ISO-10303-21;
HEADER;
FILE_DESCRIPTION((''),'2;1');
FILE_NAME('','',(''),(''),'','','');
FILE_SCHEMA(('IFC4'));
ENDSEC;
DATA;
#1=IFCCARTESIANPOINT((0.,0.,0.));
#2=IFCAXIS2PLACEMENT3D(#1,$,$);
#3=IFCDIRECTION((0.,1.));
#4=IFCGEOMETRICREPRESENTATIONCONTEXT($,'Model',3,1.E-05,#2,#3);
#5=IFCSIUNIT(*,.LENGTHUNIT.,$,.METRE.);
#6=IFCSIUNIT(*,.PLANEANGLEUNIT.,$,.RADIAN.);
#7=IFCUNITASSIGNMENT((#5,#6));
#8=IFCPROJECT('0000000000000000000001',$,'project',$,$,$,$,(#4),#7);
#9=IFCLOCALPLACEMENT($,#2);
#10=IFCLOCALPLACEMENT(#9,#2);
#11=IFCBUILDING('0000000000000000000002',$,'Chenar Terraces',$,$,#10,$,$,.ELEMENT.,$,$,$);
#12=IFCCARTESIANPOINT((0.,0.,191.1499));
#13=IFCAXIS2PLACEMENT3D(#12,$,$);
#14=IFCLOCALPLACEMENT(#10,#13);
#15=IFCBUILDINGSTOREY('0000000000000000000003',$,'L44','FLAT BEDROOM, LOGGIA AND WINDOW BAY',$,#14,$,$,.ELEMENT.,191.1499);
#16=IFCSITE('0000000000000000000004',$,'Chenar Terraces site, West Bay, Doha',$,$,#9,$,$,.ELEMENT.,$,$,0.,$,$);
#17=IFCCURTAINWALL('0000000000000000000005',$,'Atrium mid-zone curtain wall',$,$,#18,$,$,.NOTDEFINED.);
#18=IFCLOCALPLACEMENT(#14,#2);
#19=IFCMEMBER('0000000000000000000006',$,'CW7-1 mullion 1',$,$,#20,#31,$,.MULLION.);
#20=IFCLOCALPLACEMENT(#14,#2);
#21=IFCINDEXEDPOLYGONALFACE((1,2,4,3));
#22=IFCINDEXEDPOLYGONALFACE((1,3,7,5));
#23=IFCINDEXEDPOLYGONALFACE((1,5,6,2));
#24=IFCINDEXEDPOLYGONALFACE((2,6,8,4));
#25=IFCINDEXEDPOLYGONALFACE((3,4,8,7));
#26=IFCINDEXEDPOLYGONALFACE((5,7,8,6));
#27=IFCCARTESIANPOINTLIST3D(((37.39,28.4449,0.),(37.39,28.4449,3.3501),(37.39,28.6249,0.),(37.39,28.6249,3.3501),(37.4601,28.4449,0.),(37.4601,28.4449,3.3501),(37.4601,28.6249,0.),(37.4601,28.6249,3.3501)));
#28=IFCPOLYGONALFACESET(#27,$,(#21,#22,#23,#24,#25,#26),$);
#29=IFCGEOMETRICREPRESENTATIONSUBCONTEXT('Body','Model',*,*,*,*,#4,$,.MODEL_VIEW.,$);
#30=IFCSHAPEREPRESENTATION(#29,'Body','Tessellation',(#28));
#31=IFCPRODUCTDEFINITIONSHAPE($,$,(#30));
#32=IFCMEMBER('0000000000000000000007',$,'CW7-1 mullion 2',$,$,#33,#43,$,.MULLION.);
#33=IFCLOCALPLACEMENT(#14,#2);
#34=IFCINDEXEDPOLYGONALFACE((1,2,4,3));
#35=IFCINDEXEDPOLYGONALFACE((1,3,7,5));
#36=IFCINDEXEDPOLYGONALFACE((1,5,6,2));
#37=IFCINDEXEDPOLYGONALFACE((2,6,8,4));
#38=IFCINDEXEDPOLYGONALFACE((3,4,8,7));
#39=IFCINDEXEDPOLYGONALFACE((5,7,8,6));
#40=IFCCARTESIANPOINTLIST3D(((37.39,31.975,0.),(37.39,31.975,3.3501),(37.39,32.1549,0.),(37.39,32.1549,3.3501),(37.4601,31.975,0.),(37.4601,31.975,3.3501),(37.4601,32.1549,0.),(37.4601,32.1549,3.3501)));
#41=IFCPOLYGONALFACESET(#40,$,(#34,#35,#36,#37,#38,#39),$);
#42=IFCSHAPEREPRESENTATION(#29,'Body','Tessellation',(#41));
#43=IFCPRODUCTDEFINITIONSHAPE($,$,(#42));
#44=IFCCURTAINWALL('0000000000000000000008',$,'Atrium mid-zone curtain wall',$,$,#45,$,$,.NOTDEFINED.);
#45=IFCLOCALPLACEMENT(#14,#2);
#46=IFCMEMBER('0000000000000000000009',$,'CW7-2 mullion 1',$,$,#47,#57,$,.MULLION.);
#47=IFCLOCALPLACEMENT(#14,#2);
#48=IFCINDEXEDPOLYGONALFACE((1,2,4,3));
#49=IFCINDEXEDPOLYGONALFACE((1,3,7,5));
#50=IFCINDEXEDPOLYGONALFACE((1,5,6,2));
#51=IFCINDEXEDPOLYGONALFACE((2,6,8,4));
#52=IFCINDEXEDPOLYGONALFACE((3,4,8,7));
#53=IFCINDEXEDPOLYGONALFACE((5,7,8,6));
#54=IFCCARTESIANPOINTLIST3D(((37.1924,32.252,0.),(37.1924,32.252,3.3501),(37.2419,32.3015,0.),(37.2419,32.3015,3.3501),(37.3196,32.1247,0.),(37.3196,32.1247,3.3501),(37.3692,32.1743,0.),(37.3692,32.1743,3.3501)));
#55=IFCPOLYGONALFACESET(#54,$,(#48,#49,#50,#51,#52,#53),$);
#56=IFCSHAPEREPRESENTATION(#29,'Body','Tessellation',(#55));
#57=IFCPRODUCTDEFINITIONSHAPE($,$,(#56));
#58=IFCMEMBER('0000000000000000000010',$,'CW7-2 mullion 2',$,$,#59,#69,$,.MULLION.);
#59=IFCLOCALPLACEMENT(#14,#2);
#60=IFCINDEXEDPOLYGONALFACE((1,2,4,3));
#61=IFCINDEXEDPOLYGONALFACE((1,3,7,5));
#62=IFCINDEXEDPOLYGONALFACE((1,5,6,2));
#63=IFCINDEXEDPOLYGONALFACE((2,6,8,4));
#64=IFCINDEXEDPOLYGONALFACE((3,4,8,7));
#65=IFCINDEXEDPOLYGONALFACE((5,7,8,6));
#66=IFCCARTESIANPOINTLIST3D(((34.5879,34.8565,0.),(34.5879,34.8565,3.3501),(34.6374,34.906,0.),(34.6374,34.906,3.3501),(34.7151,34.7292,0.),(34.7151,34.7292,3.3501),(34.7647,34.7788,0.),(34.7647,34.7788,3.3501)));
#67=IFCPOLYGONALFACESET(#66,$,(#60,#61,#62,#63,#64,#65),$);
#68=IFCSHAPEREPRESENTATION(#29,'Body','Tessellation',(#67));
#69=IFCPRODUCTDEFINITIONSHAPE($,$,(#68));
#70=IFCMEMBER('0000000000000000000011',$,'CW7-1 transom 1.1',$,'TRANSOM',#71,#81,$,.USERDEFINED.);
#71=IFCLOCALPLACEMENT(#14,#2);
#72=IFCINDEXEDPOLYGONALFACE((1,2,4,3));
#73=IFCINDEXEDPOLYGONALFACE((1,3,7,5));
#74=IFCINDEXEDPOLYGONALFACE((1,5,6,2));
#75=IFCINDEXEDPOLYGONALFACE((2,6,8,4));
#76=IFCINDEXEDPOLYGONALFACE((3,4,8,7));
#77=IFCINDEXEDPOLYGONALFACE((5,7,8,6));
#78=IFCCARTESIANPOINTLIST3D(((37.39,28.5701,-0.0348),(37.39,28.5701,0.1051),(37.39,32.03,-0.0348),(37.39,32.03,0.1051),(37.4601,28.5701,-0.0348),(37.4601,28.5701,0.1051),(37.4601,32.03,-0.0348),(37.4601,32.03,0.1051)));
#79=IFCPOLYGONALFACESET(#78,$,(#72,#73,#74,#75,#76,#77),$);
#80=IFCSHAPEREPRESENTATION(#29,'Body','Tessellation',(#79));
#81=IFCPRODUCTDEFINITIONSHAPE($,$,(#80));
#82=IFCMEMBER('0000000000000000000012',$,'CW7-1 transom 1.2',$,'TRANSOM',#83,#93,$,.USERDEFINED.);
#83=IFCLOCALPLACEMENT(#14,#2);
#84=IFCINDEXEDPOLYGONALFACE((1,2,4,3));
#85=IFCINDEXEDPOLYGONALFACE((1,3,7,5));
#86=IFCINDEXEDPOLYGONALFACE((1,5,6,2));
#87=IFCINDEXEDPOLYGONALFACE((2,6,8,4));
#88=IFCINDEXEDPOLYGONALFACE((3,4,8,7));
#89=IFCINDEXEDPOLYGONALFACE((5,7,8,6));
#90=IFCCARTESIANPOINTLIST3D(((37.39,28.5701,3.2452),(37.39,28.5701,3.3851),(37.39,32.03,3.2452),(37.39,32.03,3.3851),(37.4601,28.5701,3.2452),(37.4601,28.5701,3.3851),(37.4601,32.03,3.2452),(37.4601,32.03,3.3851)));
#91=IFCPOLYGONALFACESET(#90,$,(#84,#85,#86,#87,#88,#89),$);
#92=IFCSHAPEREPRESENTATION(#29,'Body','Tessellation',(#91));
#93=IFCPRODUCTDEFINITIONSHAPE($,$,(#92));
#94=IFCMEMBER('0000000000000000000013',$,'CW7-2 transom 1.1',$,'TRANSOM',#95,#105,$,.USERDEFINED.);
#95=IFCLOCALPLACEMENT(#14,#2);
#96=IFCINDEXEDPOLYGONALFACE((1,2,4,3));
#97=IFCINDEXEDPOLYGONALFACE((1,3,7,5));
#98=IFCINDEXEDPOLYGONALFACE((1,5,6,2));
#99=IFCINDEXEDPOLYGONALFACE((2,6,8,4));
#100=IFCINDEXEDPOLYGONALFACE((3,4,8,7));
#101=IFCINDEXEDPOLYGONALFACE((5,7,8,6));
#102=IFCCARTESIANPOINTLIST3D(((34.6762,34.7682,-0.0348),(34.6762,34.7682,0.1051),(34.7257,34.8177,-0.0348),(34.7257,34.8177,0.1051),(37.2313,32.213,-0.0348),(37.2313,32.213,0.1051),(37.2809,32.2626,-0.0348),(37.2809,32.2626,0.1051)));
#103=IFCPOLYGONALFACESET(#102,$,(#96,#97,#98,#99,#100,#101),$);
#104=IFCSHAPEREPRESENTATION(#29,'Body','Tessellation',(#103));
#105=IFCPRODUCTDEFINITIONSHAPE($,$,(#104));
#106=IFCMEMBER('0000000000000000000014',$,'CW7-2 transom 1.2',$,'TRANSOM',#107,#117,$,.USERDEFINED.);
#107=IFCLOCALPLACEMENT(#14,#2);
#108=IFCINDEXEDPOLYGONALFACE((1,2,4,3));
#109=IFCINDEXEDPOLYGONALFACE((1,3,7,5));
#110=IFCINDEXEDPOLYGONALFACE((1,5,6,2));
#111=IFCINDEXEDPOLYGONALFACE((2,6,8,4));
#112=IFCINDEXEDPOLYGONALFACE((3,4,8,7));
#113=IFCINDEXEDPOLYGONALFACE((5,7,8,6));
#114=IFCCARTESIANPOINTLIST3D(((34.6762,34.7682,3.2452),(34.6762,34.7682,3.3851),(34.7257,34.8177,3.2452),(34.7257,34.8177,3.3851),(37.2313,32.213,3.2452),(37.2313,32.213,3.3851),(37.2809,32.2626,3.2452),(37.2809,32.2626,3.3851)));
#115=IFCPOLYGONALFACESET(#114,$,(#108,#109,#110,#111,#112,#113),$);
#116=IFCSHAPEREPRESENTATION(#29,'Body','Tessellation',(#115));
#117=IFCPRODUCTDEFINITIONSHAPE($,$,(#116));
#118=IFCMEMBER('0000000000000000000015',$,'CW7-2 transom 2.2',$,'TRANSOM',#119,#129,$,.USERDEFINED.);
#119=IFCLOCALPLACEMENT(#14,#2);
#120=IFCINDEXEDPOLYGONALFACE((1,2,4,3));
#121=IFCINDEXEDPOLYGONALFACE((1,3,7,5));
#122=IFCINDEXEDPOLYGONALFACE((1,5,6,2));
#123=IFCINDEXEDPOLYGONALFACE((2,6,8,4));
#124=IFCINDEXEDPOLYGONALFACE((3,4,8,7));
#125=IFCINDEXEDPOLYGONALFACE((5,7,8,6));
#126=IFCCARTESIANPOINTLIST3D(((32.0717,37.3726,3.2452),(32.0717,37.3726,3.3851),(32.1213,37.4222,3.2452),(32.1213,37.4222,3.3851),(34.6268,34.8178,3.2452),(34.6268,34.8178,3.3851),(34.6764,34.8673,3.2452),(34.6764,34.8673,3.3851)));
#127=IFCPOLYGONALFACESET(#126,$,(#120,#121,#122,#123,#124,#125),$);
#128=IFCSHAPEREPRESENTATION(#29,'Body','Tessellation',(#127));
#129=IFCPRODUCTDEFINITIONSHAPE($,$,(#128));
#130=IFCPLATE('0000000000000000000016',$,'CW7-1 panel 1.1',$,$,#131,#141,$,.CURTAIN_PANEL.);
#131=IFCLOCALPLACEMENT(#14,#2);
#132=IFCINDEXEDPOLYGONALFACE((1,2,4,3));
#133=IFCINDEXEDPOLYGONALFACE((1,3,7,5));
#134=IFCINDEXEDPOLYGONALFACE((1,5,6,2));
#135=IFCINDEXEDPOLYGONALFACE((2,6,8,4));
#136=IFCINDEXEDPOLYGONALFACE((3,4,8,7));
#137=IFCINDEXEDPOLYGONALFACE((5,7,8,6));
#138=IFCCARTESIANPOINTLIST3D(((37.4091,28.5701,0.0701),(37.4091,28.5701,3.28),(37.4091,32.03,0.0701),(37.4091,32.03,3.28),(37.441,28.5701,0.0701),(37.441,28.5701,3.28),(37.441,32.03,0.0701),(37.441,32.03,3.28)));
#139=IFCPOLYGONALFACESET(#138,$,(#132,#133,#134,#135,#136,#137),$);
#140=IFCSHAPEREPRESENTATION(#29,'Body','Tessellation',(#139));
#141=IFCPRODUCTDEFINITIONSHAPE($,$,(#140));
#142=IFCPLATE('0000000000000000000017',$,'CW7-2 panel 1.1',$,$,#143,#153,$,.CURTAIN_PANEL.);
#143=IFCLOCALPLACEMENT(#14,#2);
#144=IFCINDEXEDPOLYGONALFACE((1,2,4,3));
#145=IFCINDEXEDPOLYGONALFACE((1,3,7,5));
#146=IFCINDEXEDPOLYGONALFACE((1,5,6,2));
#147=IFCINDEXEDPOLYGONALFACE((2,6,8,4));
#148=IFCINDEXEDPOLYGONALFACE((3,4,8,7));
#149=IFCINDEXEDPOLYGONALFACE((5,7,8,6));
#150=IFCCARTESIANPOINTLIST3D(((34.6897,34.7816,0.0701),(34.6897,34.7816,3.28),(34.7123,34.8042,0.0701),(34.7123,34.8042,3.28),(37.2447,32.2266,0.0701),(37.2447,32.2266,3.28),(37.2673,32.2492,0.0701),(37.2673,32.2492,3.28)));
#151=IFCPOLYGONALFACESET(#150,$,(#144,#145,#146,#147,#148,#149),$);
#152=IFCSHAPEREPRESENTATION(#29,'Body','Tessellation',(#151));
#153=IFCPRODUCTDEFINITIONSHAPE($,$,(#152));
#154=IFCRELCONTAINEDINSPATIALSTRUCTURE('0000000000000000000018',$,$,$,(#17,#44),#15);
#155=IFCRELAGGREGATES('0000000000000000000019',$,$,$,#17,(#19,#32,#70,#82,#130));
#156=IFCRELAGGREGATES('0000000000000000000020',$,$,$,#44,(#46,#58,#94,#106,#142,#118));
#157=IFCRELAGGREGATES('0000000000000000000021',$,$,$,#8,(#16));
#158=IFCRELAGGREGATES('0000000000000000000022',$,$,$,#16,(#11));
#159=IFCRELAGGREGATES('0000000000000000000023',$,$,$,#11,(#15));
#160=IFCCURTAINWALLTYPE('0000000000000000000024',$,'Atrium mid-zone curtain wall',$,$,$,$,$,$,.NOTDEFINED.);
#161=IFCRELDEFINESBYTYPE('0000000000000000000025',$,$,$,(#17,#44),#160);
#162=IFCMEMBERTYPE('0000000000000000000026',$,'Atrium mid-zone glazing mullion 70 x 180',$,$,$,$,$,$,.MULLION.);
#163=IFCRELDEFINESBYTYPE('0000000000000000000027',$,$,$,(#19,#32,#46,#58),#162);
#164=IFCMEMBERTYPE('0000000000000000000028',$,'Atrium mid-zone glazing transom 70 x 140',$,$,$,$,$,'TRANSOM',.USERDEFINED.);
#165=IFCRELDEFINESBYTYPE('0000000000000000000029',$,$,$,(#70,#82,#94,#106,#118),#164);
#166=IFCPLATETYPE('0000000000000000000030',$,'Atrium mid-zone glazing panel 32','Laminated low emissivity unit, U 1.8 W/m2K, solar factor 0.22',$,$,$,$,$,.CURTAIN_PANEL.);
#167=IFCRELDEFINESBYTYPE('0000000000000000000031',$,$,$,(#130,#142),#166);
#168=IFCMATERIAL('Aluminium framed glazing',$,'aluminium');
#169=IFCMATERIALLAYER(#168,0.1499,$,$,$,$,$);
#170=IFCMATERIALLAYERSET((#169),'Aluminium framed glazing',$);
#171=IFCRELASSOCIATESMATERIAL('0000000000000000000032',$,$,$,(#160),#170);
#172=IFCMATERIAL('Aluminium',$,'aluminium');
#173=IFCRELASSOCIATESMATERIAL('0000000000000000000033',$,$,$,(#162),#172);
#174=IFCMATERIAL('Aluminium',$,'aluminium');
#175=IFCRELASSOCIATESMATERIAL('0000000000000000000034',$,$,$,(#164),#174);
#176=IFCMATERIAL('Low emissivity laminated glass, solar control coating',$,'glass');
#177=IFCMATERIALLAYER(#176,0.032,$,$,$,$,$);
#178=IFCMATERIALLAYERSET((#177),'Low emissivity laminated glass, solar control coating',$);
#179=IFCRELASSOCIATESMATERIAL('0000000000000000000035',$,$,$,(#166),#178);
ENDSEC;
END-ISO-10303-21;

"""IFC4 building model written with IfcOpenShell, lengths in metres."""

from ifc_helpers import new_model, si_unit, direction, frame, origin, origin_2d, place, context, subcontext, project, spatial, rectangle, extrude, material, layer, layer_set, material_profile, profile_set, type_object, element, aggregate, save


model = new_model("IFC4")

# Units and contexts
model_context = context("Model", 3, precision=1e-05, world=origin(), true_north=direction((0.0, 1.0)))
body_context = subcontext(model_context, "Body", "Model", "MODEL_VIEW")
ifc_project = project(units=[si_unit("LENGTHUNIT", "METRE"), si_unit("PLANEANGLEUNIT", "RADIAN")], contexts=[model_context])

# Site, building, storey
site_placement = place(None, origin())
site = spatial("IfcSite", under=ifc_project, at=site_placement, Name="Chenar Terraces site, West Bay, Doha", CompositionType="ELEMENT", RefElevation=0.0)
building_placement = place(site_placement, origin())
building = spatial("IfcBuilding", under=site, at=building_placement, Name="Chenar Terraces", CompositionType="ELEMENT")
storey_placement = place(building_placement, frame((0.0, 0.0, 191.1499)))
storey = spatial("IfcBuildingStorey", under=building, at=storey_placement, Name="L44", Description="FLAT BEDROOM, LOGGIA AND WINDOW BAY", CompositionType="ELEMENT", Elevation=191.1499)

# Curtain walls, members
ifc_material_1 = material(Name="Aluminium framed glazing", Category="aluminium")
ifc_layer_1 = layer(ifc_material_1, 0.1499)
ifc_layer_set_1 = layer_set([ifc_layer_1], Name="Aluminium framed glazing")
curtain_wall_type = type_object("IfcCurtainWallType", Name="Atrium mid-zone curtain wall", PredefinedType="NOTDEFINED", material=ifc_layer_set_1)
placement = place(storey_placement, origin())
curtain_wall_1 = element("IfcCurtainWall", 1, at=placement, inside=storey, type_object=curtain_wall_type, Name="Atrium mid-zone curtain wall", PredefinedType="NOTDEFINED")
ifc_material_2 = material(Name="Aluminium", Category="aluminium")
ifc_material_profile_1 = material_profile(ifc_material_2, rectangle(XDim=0.0701, YDim=0.1799, at=origin_2d()), Name="Atrium mid-zone glazing mullion 70 x 180")
ifc_profile_set_1 = profile_set([ifc_material_profile_1], Name="Aluminium")
member_type_1 = type_object("IfcMemberType", Name="Atrium mid-zone glazing mullion 70 x 180", PredefinedType="MULLION", material=ifc_profile_set_1)
member_1_placement = place(storey_placement, frame((37.425, 28.5349, 0.0), z_axis=(0.0, 0.0, 1.0), x_axis=(-1.0, 0.0, 0.0)))
member_1 = element("IfcMember", 2, at=member_1_placement, type_object=member_type_1, Name="CW7-1 mullion 1", PredefinedType="MULLION", context=body_context, shape_type="SweptSolid", body=[
    extrude(rectangle(XDim=0.0701, YDim=0.1799, at=origin_2d()), origin(), (0.0, 0.0, 1.0), 3.3501),
])
member_2_placement = place(storey_placement, frame((37.425, 32.0649, 0.0), z_axis=(0.0, 0.0, 1.0), x_axis=(-1.0, 0.0, 0.0)))
member_2 = element("IfcMember", 3, at=member_2_placement, type_object=member_type_1, Name="CW7-1 mullion 2", PredefinedType="MULLION", context=body_context, shape_type="SweptSolid", body=[
    extrude(rectangle(XDim=0.0701, YDim=0.1799, at=origin_2d()), origin(), (0.0, 0.0, 1.0), 3.3501),
])
curtain_wall_2 = element("IfcCurtainWall", 4, at=placement, inside=storey, type_object=curtain_wall_type, Name="Atrium mid-zone curtain wall", PredefinedType="NOTDEFINED")
member_3_placement = place(storey_placement, frame((37.2808, 32.2131, 0.0), z_axis=(0.0, 0.0, 1.0), x_axis=(-0.707107, -0.707107, 0.0)))
member_3 = element("IfcMember", 5, at=member_3_placement, type_object=member_type_1, Name="CW7-2 mullion 1", PredefinedType="MULLION", context=body_context, shape_type="SweptSolid", body=[
    extrude(rectangle(XDim=0.0701, YDim=0.1799, at=origin_2d()), origin(), (0.0, 0.0, 1.0), 3.3501),
])
member_4_placement = place(storey_placement, frame((34.6763, 34.8176, 0.0), z_axis=(0.0, 0.0, 1.0), x_axis=(-0.707107, -0.707107, 0.0)))
member_4 = element("IfcMember", 6, at=member_4_placement, type_object=member_type_1, Name="CW7-2 mullion 2", PredefinedType="MULLION", context=body_context, shape_type="SweptSolid", body=[
    extrude(rectangle(XDim=0.0701, YDim=0.1799, at=origin_2d()), origin(), (0.0, 0.0, 1.0), 3.3501),
])

# Members
ifc_material_3 = material(Name="Aluminium", Category="aluminium")
ifc_material_profile_2 = material_profile(ifc_material_3, rectangle(XDim=0.0701, YDim=0.1399, at=origin_2d()), Name="Atrium mid-zone glazing transom 70 x 140")
ifc_profile_set_2 = profile_set([ifc_material_profile_2], Name="Aluminium")
member_type_2 = type_object("IfcMemberType", Name="Atrium mid-zone glazing transom 70 x 140", ElementType="TRANSOM", PredefinedType="USERDEFINED", material=ifc_profile_set_2)
member_5_placement = place(storey_placement, frame((37.425, 28.5701, 0.0352), z_axis=(0.0, 1.0, 0.0), x_axis=(-1.0, 0.0, 0.0)))
member_5 = element("IfcMember", 7, at=member_5_placement, type_object=member_type_2, Name="CW7-1 transom 1.1", ObjectType="TRANSOM", PredefinedType="USERDEFINED", context=body_context, shape_type="SweptSolid", body=[
    extrude(rectangle(XDim=0.0701, YDim=0.1399, at=origin_2d()), origin(), (0.0, 0.0, 1.0), 3.46),
])
member_6_placement = place(storey_placement, frame((37.425, 28.5701, 3.3152), z_axis=(0.0, 1.0, 0.0), x_axis=(-1.0, 0.0, 0.0)))
member_6 = element("IfcMember", 8, at=member_6_placement, type_object=member_type_2, Name="CW7-1 transom 1.2", ObjectType="TRANSOM", PredefinedType="USERDEFINED", context=body_context, shape_type="SweptSolid", body=[
    extrude(rectangle(XDim=0.0701, YDim=0.1399, at=origin_2d()), origin(), (0.0, 0.0, 1.0), 3.46),
])
member_7_placement = place(storey_placement, frame((37.2561, 32.2378, 0.0352), z_axis=(-0.707107, 0.707107, 0.0), x_axis=(-0.707107, -0.707107, 0.0)))
member_7 = element("IfcMember", 9, at=member_7_placement, type_object=member_type_2, Name="CW7-2 transom 1.1", ObjectType="TRANSOM", PredefinedType="USERDEFINED", context=body_context, shape_type="SweptSolid", body=[
    extrude(rectangle(XDim=0.0701, YDim=0.1399, at=origin_2d()), origin(), (0.0, 0.0, 1.0), 3.6135),
])
member_8_placement = place(storey_placement, frame((37.2561, 32.2378, 3.3152), z_axis=(-0.707107, 0.707107, 0.0), x_axis=(-0.707107, -0.707107, 0.0)))
member_8 = element("IfcMember", 10, at=member_8_placement, type_object=member_type_2, Name="CW7-2 transom 1.2", ObjectType="TRANSOM", PredefinedType="USERDEFINED", context=body_context, shape_type="SweptSolid", body=[
    extrude(rectangle(XDim=0.0701, YDim=0.1399, at=origin_2d()), origin(), (0.0, 0.0, 1.0), 3.6135),
])
member_9_placement = place(storey_placement, frame((34.6516, 34.8425, 3.3152), z_axis=(-0.707141, 0.707073, 0.0), x_axis=(-0.707073, -0.707141, 0.0)))
member_9 = element("IfcMember", 11, at=member_9_placement, type_object=member_type_2, Name="CW7-2 transom 2.2", ObjectType="TRANSOM", PredefinedType="USERDEFINED", context=body_context, shape_type="SweptSolid", body=[
    extrude(rectangle(XDim=0.0701, YDim=0.1399, at=origin_2d()), origin(), (0.0, 0.0, 1.0), 3.6133),
])

# Plates
ifc_material_4 = material(Name="Low emissivity laminated glass, solar control coating", Category="glass")
ifc_layer_2 = layer(ifc_material_4, 0.032)
ifc_layer_set_2 = layer_set([ifc_layer_2], Name="Low emissivity laminated glass, solar control coating")
plate_type = type_object("IfcPlateType", Name="Atrium mid-zone glazing panel 32", Description="Laminated low emissivity unit, U 1.8 W/m2K, solar factor 0.22", PredefinedType="CURTAIN_PANEL", material=ifc_layer_set_2)
plate_1_placement = place(storey_placement, frame((37.425, 30.3, 0.0701), z_axis=(0.0, 0.0, 1.0), x_axis=(0.0, 1.0, 0.0)))
plate_1 = element("IfcPlate", 12, at=plate_1_placement, type_object=plate_type, Name="CW7-1 panel 1.1", PredefinedType="CURTAIN_PANEL", context=body_context, shape_type="SweptSolid", body=[
    extrude(rectangle(XDim=3.46, YDim=0.032, at=origin_2d()), origin(), (0.0, 0.0, 1.0), 3.21),
])
aggregate(curtain_wall_1, [member_1, member_2, member_5, member_6, plate_1])
plate_2_placement = place(storey_placement, frame((35.9785, 33.5154, 0.0701), z_axis=(0.0, 0.0, 1.0), x_axis=(-0.707107, 0.707107, 0.0)))
plate_2 = element("IfcPlate", 13, at=plate_2_placement, type_object=plate_type, Name="CW7-2 panel 1.1", PredefinedType="CURTAIN_PANEL", context=body_context, shape_type="SweptSolid", body=[
    extrude(rectangle(XDim=3.6133, YDim=0.032, at=origin_2d()), origin(), (0.0, 0.0, 1.0), 3.21),
])
aggregate(curtain_wall_2, [member_3, member_4, member_7, member_8, plate_2, member_9])

save(model, "model.ifc")
